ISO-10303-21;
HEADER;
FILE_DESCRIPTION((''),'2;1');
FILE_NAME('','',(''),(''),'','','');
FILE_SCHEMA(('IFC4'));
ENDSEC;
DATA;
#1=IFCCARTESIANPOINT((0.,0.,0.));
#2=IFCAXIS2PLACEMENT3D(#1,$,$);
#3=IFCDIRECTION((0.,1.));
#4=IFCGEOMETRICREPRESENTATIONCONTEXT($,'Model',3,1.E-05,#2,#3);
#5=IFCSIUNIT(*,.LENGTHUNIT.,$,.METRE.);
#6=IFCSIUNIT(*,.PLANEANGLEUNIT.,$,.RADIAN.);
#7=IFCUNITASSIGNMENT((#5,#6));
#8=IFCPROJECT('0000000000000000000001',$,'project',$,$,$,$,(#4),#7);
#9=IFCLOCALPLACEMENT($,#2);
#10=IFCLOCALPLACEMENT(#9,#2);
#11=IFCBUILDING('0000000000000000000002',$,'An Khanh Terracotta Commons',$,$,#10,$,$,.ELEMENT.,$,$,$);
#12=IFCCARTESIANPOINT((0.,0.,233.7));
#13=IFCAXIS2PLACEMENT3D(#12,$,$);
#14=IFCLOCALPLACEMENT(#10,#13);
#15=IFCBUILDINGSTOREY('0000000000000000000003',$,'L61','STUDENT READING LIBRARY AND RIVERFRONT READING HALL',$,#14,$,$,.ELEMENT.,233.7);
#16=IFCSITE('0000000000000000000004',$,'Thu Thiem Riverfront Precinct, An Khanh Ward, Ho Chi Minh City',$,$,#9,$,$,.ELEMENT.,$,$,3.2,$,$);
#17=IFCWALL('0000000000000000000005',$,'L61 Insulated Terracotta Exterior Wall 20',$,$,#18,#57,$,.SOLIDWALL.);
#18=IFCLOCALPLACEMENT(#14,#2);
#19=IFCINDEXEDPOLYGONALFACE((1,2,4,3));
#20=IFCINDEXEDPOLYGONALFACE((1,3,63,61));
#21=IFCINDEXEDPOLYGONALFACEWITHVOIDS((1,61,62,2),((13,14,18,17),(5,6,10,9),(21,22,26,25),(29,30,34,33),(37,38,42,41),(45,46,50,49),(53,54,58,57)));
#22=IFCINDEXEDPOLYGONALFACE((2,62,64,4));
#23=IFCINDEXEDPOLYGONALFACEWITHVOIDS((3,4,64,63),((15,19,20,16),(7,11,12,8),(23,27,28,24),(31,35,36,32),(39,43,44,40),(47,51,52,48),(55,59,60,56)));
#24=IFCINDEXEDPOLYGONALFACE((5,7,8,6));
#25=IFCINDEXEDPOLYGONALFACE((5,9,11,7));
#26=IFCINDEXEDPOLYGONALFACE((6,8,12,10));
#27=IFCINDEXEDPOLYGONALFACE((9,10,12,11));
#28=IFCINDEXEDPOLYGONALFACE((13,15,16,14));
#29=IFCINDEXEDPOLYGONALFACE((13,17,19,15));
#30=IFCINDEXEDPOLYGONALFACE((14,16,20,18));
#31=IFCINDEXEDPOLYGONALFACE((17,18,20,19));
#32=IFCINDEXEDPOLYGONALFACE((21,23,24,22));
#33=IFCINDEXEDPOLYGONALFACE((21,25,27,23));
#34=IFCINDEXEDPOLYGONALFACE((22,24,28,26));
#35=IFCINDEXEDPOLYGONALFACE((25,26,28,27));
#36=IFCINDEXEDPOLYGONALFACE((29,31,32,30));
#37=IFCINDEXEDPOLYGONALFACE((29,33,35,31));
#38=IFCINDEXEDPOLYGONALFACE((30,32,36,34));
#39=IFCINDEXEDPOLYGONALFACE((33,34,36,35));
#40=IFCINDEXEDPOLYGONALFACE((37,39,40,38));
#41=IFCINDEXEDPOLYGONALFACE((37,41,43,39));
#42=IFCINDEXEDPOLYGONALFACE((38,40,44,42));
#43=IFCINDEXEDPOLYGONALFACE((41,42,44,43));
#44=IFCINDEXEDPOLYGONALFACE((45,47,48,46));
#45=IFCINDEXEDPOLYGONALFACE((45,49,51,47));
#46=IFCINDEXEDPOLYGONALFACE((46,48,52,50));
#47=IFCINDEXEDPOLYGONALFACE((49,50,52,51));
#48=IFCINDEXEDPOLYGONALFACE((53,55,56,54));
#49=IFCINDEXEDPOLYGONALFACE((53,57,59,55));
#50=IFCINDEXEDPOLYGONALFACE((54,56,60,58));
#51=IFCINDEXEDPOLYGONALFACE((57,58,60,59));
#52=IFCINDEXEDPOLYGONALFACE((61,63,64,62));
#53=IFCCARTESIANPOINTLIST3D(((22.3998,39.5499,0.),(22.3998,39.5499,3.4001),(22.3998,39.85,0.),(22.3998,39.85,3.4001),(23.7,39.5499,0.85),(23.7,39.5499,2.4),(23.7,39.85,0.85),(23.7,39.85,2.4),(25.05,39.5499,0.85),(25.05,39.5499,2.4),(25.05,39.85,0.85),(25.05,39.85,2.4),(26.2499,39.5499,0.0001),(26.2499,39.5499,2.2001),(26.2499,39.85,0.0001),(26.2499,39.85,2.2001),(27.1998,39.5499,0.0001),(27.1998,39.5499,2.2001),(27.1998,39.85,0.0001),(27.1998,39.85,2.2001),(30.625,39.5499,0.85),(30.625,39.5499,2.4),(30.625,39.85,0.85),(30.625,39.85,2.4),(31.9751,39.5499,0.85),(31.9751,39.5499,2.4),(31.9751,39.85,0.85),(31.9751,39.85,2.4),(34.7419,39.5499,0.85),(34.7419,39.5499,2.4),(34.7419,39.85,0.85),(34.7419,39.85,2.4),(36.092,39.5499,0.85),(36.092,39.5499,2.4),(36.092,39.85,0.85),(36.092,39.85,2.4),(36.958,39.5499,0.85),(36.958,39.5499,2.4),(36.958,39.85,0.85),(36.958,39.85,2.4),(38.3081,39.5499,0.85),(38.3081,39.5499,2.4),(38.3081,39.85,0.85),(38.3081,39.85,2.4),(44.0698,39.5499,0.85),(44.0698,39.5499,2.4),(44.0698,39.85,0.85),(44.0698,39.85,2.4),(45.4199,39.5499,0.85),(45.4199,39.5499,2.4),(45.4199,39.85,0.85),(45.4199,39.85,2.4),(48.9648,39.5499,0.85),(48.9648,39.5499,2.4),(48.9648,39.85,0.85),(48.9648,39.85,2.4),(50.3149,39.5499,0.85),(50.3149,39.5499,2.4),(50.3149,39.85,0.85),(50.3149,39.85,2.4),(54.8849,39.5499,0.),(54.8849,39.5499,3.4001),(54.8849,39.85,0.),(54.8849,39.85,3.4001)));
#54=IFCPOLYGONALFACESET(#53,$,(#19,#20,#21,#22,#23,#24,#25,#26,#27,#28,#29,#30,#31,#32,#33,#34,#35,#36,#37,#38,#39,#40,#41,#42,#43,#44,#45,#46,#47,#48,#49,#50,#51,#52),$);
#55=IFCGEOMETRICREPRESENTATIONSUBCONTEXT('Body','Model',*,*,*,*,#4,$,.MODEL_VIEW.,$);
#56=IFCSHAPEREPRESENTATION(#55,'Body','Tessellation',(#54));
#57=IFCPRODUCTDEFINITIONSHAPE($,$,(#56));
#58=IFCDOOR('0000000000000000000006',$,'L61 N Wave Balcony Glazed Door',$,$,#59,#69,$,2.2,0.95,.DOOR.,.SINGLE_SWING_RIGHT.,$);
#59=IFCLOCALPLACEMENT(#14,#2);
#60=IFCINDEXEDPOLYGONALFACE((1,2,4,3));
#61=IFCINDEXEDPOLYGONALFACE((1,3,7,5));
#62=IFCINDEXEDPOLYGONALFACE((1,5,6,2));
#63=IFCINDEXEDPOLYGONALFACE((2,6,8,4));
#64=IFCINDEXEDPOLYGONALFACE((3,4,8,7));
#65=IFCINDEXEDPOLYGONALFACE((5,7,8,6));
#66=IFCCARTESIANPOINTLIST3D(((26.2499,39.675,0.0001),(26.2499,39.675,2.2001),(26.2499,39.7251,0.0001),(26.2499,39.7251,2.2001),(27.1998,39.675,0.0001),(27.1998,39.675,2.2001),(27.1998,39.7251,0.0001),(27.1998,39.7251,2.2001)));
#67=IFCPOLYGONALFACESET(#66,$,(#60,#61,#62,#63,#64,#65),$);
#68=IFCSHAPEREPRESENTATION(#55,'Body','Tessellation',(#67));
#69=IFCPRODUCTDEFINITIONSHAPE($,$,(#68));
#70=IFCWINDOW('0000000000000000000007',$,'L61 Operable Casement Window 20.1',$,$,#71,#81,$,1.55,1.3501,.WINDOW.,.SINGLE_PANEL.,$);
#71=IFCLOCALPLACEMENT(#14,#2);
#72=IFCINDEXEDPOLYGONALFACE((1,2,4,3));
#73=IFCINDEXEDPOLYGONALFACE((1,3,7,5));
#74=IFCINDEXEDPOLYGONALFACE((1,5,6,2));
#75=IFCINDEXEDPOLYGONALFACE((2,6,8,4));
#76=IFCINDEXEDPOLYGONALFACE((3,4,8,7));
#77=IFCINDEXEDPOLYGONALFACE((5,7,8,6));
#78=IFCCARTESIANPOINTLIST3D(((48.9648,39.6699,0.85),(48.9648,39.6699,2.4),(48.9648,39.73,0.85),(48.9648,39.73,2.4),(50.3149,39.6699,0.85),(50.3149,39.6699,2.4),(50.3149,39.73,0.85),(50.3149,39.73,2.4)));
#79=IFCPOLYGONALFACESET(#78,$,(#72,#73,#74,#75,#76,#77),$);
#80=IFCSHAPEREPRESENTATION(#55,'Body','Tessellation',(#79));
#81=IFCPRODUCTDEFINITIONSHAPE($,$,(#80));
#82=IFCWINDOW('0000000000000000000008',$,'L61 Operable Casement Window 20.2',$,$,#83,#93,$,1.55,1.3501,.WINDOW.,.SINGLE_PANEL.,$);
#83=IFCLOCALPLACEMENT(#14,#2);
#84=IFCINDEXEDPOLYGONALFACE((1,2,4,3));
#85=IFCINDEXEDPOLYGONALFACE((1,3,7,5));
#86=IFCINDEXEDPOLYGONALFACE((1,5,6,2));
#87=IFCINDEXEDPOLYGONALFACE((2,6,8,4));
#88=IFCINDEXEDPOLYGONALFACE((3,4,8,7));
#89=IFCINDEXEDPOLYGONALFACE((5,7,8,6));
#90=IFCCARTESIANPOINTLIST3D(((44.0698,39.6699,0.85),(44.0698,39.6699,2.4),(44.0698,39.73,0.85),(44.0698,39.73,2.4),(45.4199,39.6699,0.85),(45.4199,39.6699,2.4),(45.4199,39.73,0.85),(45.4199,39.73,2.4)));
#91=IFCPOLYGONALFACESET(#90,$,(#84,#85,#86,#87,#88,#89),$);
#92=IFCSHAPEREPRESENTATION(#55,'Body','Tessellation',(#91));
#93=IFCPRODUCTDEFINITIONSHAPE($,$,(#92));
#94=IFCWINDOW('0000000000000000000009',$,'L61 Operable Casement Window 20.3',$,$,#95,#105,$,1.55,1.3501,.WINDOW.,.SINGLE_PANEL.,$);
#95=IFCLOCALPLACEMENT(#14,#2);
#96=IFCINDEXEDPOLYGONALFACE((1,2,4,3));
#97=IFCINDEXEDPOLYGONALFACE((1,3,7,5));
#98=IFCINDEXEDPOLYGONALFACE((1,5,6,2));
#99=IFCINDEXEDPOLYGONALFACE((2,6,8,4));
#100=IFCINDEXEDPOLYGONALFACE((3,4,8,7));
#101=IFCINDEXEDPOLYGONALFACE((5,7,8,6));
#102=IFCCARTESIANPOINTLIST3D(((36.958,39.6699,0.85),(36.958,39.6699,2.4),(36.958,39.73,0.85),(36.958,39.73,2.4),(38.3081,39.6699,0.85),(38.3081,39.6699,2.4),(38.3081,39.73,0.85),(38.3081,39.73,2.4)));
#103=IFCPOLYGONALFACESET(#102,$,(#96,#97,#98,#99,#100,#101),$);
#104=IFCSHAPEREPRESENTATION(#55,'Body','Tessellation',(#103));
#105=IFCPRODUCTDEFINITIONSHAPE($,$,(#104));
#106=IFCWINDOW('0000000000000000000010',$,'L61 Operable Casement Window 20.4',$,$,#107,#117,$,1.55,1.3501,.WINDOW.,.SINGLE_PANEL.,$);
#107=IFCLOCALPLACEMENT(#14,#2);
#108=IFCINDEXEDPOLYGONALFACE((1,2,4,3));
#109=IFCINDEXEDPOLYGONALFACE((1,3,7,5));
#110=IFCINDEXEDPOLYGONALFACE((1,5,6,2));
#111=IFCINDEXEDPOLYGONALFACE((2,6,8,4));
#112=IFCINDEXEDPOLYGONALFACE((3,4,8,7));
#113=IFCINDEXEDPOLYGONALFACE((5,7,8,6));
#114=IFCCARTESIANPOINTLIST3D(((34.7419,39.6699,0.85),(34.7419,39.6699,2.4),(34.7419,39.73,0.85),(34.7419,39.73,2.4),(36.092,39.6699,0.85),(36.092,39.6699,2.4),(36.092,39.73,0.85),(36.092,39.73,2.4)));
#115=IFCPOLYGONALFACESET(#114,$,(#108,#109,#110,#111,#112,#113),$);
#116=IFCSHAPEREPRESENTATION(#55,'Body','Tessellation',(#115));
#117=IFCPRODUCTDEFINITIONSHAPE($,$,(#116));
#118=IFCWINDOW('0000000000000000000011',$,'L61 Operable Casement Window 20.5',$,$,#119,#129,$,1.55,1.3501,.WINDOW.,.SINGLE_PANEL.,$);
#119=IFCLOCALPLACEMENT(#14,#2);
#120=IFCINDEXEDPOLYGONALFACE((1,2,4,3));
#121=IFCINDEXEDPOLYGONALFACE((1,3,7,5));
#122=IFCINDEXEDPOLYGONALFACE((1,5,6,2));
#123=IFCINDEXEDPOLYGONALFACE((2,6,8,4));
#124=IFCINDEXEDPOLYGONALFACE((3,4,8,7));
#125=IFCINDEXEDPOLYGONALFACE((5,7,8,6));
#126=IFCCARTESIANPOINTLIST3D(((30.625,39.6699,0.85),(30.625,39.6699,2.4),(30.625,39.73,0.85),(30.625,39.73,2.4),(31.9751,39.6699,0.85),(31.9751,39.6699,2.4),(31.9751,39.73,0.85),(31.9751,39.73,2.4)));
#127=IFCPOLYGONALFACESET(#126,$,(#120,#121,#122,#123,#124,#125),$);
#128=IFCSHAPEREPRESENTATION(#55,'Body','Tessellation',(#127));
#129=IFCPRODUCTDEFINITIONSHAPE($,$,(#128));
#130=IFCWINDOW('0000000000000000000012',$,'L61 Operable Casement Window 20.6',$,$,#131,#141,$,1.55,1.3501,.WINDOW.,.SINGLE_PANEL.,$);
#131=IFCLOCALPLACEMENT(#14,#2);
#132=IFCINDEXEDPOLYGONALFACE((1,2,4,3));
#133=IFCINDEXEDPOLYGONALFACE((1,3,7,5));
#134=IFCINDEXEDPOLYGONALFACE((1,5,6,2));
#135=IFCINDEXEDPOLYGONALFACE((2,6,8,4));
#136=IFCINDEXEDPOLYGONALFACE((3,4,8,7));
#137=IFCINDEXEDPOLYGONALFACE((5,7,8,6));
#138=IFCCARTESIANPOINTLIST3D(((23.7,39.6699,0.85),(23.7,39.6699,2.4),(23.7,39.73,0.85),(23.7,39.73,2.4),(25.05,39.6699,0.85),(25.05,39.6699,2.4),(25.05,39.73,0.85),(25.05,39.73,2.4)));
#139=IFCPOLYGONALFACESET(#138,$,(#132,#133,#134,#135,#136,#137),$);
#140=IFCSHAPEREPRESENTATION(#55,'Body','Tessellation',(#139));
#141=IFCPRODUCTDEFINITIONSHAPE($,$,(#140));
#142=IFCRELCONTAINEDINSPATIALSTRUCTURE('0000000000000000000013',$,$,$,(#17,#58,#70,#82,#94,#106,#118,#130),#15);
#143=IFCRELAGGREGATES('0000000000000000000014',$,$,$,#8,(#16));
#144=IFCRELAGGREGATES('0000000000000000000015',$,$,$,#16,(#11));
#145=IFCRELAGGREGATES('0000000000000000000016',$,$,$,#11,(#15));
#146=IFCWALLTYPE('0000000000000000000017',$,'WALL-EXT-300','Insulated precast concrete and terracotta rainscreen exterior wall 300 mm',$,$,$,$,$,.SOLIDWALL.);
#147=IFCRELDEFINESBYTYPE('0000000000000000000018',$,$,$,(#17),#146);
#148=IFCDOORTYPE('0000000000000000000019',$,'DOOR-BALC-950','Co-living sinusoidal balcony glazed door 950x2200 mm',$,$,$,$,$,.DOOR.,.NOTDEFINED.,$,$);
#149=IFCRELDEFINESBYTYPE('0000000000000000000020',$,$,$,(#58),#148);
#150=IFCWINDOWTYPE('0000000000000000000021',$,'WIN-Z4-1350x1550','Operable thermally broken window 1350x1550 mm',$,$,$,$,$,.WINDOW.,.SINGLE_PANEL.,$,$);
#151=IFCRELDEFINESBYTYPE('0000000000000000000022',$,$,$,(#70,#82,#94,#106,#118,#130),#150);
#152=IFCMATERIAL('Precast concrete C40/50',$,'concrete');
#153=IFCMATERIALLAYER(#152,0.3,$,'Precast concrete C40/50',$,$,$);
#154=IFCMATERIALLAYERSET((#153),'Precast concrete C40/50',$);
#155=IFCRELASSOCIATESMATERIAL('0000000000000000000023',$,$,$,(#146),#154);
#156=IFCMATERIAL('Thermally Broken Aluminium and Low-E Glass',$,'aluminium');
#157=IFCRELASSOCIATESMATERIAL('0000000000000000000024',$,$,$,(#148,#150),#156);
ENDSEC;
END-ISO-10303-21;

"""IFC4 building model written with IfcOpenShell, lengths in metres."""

from ifc_helpers import new_model, si_unit, direction, frame, frame_2d, origin, place, context, subcontext, project, spatial, rectangle, extrude, material, layer, layer_set, type_object, element, fill, save


model = new_model("IFC4")

# Units and contexts
model_context = context("Model", 3, precision=1e-05, world=origin(), true_north=direction((0.0, 1.0)))
body_context = subcontext(model_context, "Body", "Model", "MODEL_VIEW")
ifc_project = project(units=[si_unit("LENGTHUNIT", "METRE"), si_unit("PLANEANGLEUNIT", "RADIAN")], contexts=[model_context])

# Site, building, storey
site_placement = place(None, origin())
site = spatial("IfcSite", under=ifc_project, at=site_placement, Name="Thu Thiem Riverfront Precinct, An Khanh Ward, Ho Chi Minh City", CompositionType="ELEMENT", RefElevation=3.2)
building_placement = place(site_placement, origin())
building = spatial("IfcBuilding", under=site, at=building_placement, Name="An Khanh Terracotta Commons", CompositionType="ELEMENT")
storey_placement = place(building_placement, frame((0.0, 0.0, 233.7)))
storey = spatial("IfcBuildingStorey", under=building, at=storey_placement, Name="L61", Description="STUDENT READING LIBRARY AND RIVERFRONT READING HALL", CompositionType="ELEMENT", Elevation=233.7)

# Shared definitions
ifc_material_1 = material(Name="Precast concrete C40/50", Category="concrete")
ifc_layer_1 = layer(ifc_material_1, 0.3, Name="Precast concrete C40/50")
ifc_layer_set_1 = layer_set([ifc_layer_1], Name="Precast concrete C40/50")
wall_type_1 = type_object("IfcWallType", Name="WALL-EXT-300", Description="Insulated precast concrete and terracotta rainscreen exterior wall 300 mm", PredefinedType="SOLIDWALL", material=ifc_layer_set_1)

# Wall, openings, door, windows
wall_1_placement = place(storey_placement, frame((54.885, 39.7, 0.0), z_axis=(0.0, 0.0, 1.0), x_axis=(-1.0, 0.0, 0.0)))
wall_1 = element("IfcWall", 1, at=wall_1_placement, inside=storey, type_object=wall_type_1, Name="L61 Insulated Terracotta Exterior Wall 20", PredefinedType="SOLIDWALL", context=body_context, shape_type="SweptSolid", body=[
    extrude(rectangle(XDim=32.4851, YDim=0.3, at=frame_2d((16.2427, 0.0))), origin(), (0.0, 0.0, 1.0), 3.4001),
])
opening_1_placement = place(wall_1_placement, frame((27.6851, 0.0, 0.0)))
opening_1 = element("IfcOpeningElement", 2, at=opening_1_placement, cuts=wall_1, PredefinedType="OPENING", context=body_context, shape_type="SweptSolid", body=[
    extrude(rectangle(XDim=0.95, YDim=2.2, at=frame_2d((0.4751, 1.1001))), frame((0.0, 0.1599, 0.0), z_axis=(0.0, -1.0, 0.0), x_axis=(1.0, 0.0, 0.0)), (0.0, 0.0, 1.0), 0.3201),
])
opening_2_placement = place(wall_1_placement, frame((4.5701, 0.0, 0.8501)))
opening_2 = element("IfcOpeningElement", 3, at=opening_2_placement, cuts=wall_1, PredefinedType="OPENING", context=body_context, shape_type="SweptSolid", body=[
    extrude(rectangle(XDim=1.3501, YDim=1.55, at=frame_2d((0.675, 0.7749))), frame((0.0, 0.1599, 0.0), z_axis=(0.0, -1.0, 0.0), x_axis=(1.0, 0.0, 0.0)), (0.0, 0.0, 1.0), 0.3201),
])
opening_3_placement = place(wall_1_placement, frame((9.4651, 0.0, 0.8501)))
opening_3 = element("IfcOpeningElement", 4, at=opening_3_placement, cuts=wall_1, PredefinedType="OPENING", context=body_context, shape_type="SweptSolid", body=[
    extrude(rectangle(XDim=1.3501, YDim=1.55, at=frame_2d((0.675, 0.7749))), frame((0.0, 0.1599, 0.0), z_axis=(0.0, -1.0, 0.0), x_axis=(1.0, 0.0, 0.0)), (0.0, 0.0, 1.0), 0.3201),
])
opening_4_placement = place(wall_1_placement, frame((16.5769, 0.0, 0.8501)))
opening_4 = element("IfcOpeningElement", 5, at=opening_4_placement, cuts=wall_1, PredefinedType="OPENING", context=body_context, shape_type="SweptSolid", body=[
    extrude(rectangle(XDim=1.3501, YDim=1.55, at=frame_2d((0.675, 0.7749))), frame((0.0, 0.1599, 0.0), z_axis=(0.0, -1.0, 0.0), x_axis=(1.0, 0.0, 0.0)), (0.0, 0.0, 1.0), 0.3201),
])
opening_5_placement = place(wall_1_placement, frame((18.793, 0.0, 0.8501)))
opening_5 = element("IfcOpeningElement", 6, at=opening_5_placement, cuts=wall_1, PredefinedType="OPENING", context=body_context, shape_type="SweptSolid", body=[
    extrude(rectangle(XDim=1.3501, YDim=1.55, at=frame_2d((0.675, 0.7749))), frame((0.0, 0.1599, 0.0), z_axis=(0.0, -1.0, 0.0), x_axis=(1.0, 0.0, 0.0)), (0.0, 0.0, 1.0), 0.3201),
])
opening_6_placement = place(wall_1_placement, frame((22.9099, 0.0, 0.8501)))
opening_6 = element("IfcOpeningElement", 7, at=opening_6_placement, cuts=wall_1, PredefinedType="OPENING", context=body_context, shape_type="SweptSolid", body=[
    extrude(rectangle(XDim=1.3501, YDim=1.55, at=frame_2d((0.675, 0.7749))), frame((0.0, 0.1599, 0.0), z_axis=(0.0, -1.0, 0.0), x_axis=(1.0, 0.0, 0.0)), (0.0, 0.0, 1.0), 0.3201),
])
opening_7_placement = place(wall_1_placement, frame((29.835, 0.0, 0.8501)))
opening_7 = element("IfcOpeningElement", 8, at=opening_7_placement, cuts=wall_1, PredefinedType="OPENING", context=body_context, shape_type="SweptSolid", body=[
    extrude(rectangle(XDim=1.3501, YDim=1.55, at=frame_2d((0.675, 0.7749))), frame((0.0, 0.1599, 0.0), z_axis=(0.0, -1.0, 0.0), x_axis=(1.0, 0.0, 0.0)), (0.0, 0.0, 1.0), 0.3201),
])
ifc_material_2 = material(Name="Thermally Broken Aluminium and Low-E Glass", Category="aluminium")
door_type_1 = type_object("IfcDoorType", Name="DOOR-BALC-950", Description="Co-living sinusoidal balcony glazed door 950x2200 mm", OperationType="NOTDEFINED", PredefinedType="DOOR", material=ifc_material_2)
door_1_placement = place(opening_1_placement, origin())
door_1 = element("IfcDoor", 9, at=door_1_placement, inside=storey, type_object=door_type_1, Name="L61 N Wave Balcony Glazed Door", OperationType="SINGLE_SWING_RIGHT", OverallHeight=2.2, OverallWidth=0.95, PredefinedType="DOOR", context=body_context, shape_type="SweptSolid", body=[
    extrude(rectangle(XDim=0.95, YDim=2.2, at=frame_2d((0.4751, 1.1001))), frame((0.0, 0.0249, 0.0), z_axis=(0.0, -1.0, 0.0), x_axis=(1.0, 0.0, 0.0)), (0.0, 0.0, 1.0), 0.05),
])
fill(opening_1, door_1)
window_type = type_object("IfcWindowType", Name="WIN-Z4-1350x1550", Description="Operable thermally broken window 1350x1550 mm", PartitioningType="SINGLE_PANEL", PredefinedType="WINDOW", material=ifc_material_2)
window_1_placement = place(opening_2_placement, origin())
window_1 = element("IfcWindow", 10, at=window_1_placement, inside=storey, type_object=window_type, Name="L61 Operable Casement Window 20.1", OverallHeight=1.55, OverallWidth=1.3501, PartitioningType="SINGLE_PANEL", PredefinedType="WINDOW", context=body_context, shape_type="SweptSolid", body=[
    extrude(rectangle(XDim=1.3501, YDim=1.55, at=frame_2d((0.675, 0.7749))), frame((0.0, 0.03, 0.0), z_axis=(0.0, -1.0, 0.0), x_axis=(1.0, 0.0, 0.0)), (0.0, 0.0, 1.0), 0.0601),
])
fill(opening_2, window_1)
window_2_placement = place(opening_3_placement, origin())
window_2 = element("IfcWindow", 11, at=window_2_placement, inside=storey, type_object=window_type, Name="L61 Operable Casement Window 20.2", OverallHeight=1.55, OverallWidth=1.3501, PartitioningType="SINGLE_PANEL", PredefinedType="WINDOW", context=body_context, shape_type="SweptSolid", body=[
    extrude(rectangle(XDim=1.3501, YDim=1.55, at=frame_2d((0.675, 0.7749))), frame((0.0, 0.03, 0.0), z_axis=(0.0, -1.0, 0.0), x_axis=(1.0, 0.0, 0.0)), (0.0, 0.0, 1.0), 0.0601),
])
fill(opening_3, window_2)
window_3_placement = place(opening_4_placement, origin())
window_3 = element("IfcWindow", 12, at=window_3_placement, inside=storey, type_object=window_type, Name="L61 Operable Casement Window 20.3", OverallHeight=1.55, OverallWidth=1.3501, PartitioningType="SINGLE_PANEL", PredefinedType="WINDOW", context=body_context, shape_type="SweptSolid", body=[
    extrude(rectangle(XDim=1.3501, YDim=1.55, at=frame_2d((0.675, 0.7749))), frame((0.0, 0.03, 0.0), z_axis=(0.0, -1.0, 0.0), x_axis=(1.0, 0.0, 0.0)), (0.0, 0.0, 1.0), 0.0601),
])
fill(opening_4, window_3)
window_4_placement = place(opening_5_placement, origin())
window_4 = element("IfcWindow", 13, at=window_4_placement, inside=storey, type_object=window_type, Name="L61 Operable Casement Window 20.4", OverallHeight=1.55, OverallWidth=1.3501, PartitioningType="SINGLE_PANEL", PredefinedType="WINDOW", context=body_context, shape_type="SweptSolid", body=[
    extrude(rectangle(XDim=1.3501, YDim=1.55, at=frame_2d((0.675, 0.7749))), frame((0.0, 0.03, 0.0), z_axis=(0.0, -1.0, 0.0), x_axis=(1.0, 0.0, 0.0)), (0.0, 0.0, 1.0), 0.0601),
])
fill(opening_5, window_4)
window_5_placement = place(opening_6_placement, origin())
window_5 = element("IfcWindow", 14, at=window_5_placement, inside=storey, type_object=window_type, Name="L61 Operable Casement Window 20.5", OverallHeight=1.55, OverallWidth=1.3501, PartitioningType="SINGLE_PANEL", PredefinedType="WINDOW", context=body_context, shape_type="SweptSolid", body=[
    extrude(rectangle(XDim=1.3501, YDim=1.55, at=frame_2d((0.675, 0.7749))), frame((0.0, 0.03, 0.0), z_axis=(0.0, -1.0, 0.0), x_axis=(1.0, 0.0, 0.0)), (0.0, 0.0, 1.0), 0.0601),
])
fill(opening_6, window_5)
window_6_placement = place(opening_7_placement, origin())
window_6 = element("IfcWindow", 15, at=window_6_placement, inside=storey, type_object=window_type, Name="L61 Operable Casement Window 20.6", OverallHeight=1.55, OverallWidth=1.3501, PartitioningType="SINGLE_PANEL", PredefinedType="WINDOW", context=body_context, shape_type="SweptSolid", body=[
    extrude(rectangle(XDim=1.3501, YDim=1.55, at=frame_2d((0.675, 0.7749))), frame((0.0, 0.03, 0.0), z_axis=(0.0, -1.0, 0.0), x_axis=(1.0, 0.0, 0.0)), (0.0, 0.0, 1.0), 0.0601),
])
fill(opening_7, window_6)

save(model, "model.ifc")
